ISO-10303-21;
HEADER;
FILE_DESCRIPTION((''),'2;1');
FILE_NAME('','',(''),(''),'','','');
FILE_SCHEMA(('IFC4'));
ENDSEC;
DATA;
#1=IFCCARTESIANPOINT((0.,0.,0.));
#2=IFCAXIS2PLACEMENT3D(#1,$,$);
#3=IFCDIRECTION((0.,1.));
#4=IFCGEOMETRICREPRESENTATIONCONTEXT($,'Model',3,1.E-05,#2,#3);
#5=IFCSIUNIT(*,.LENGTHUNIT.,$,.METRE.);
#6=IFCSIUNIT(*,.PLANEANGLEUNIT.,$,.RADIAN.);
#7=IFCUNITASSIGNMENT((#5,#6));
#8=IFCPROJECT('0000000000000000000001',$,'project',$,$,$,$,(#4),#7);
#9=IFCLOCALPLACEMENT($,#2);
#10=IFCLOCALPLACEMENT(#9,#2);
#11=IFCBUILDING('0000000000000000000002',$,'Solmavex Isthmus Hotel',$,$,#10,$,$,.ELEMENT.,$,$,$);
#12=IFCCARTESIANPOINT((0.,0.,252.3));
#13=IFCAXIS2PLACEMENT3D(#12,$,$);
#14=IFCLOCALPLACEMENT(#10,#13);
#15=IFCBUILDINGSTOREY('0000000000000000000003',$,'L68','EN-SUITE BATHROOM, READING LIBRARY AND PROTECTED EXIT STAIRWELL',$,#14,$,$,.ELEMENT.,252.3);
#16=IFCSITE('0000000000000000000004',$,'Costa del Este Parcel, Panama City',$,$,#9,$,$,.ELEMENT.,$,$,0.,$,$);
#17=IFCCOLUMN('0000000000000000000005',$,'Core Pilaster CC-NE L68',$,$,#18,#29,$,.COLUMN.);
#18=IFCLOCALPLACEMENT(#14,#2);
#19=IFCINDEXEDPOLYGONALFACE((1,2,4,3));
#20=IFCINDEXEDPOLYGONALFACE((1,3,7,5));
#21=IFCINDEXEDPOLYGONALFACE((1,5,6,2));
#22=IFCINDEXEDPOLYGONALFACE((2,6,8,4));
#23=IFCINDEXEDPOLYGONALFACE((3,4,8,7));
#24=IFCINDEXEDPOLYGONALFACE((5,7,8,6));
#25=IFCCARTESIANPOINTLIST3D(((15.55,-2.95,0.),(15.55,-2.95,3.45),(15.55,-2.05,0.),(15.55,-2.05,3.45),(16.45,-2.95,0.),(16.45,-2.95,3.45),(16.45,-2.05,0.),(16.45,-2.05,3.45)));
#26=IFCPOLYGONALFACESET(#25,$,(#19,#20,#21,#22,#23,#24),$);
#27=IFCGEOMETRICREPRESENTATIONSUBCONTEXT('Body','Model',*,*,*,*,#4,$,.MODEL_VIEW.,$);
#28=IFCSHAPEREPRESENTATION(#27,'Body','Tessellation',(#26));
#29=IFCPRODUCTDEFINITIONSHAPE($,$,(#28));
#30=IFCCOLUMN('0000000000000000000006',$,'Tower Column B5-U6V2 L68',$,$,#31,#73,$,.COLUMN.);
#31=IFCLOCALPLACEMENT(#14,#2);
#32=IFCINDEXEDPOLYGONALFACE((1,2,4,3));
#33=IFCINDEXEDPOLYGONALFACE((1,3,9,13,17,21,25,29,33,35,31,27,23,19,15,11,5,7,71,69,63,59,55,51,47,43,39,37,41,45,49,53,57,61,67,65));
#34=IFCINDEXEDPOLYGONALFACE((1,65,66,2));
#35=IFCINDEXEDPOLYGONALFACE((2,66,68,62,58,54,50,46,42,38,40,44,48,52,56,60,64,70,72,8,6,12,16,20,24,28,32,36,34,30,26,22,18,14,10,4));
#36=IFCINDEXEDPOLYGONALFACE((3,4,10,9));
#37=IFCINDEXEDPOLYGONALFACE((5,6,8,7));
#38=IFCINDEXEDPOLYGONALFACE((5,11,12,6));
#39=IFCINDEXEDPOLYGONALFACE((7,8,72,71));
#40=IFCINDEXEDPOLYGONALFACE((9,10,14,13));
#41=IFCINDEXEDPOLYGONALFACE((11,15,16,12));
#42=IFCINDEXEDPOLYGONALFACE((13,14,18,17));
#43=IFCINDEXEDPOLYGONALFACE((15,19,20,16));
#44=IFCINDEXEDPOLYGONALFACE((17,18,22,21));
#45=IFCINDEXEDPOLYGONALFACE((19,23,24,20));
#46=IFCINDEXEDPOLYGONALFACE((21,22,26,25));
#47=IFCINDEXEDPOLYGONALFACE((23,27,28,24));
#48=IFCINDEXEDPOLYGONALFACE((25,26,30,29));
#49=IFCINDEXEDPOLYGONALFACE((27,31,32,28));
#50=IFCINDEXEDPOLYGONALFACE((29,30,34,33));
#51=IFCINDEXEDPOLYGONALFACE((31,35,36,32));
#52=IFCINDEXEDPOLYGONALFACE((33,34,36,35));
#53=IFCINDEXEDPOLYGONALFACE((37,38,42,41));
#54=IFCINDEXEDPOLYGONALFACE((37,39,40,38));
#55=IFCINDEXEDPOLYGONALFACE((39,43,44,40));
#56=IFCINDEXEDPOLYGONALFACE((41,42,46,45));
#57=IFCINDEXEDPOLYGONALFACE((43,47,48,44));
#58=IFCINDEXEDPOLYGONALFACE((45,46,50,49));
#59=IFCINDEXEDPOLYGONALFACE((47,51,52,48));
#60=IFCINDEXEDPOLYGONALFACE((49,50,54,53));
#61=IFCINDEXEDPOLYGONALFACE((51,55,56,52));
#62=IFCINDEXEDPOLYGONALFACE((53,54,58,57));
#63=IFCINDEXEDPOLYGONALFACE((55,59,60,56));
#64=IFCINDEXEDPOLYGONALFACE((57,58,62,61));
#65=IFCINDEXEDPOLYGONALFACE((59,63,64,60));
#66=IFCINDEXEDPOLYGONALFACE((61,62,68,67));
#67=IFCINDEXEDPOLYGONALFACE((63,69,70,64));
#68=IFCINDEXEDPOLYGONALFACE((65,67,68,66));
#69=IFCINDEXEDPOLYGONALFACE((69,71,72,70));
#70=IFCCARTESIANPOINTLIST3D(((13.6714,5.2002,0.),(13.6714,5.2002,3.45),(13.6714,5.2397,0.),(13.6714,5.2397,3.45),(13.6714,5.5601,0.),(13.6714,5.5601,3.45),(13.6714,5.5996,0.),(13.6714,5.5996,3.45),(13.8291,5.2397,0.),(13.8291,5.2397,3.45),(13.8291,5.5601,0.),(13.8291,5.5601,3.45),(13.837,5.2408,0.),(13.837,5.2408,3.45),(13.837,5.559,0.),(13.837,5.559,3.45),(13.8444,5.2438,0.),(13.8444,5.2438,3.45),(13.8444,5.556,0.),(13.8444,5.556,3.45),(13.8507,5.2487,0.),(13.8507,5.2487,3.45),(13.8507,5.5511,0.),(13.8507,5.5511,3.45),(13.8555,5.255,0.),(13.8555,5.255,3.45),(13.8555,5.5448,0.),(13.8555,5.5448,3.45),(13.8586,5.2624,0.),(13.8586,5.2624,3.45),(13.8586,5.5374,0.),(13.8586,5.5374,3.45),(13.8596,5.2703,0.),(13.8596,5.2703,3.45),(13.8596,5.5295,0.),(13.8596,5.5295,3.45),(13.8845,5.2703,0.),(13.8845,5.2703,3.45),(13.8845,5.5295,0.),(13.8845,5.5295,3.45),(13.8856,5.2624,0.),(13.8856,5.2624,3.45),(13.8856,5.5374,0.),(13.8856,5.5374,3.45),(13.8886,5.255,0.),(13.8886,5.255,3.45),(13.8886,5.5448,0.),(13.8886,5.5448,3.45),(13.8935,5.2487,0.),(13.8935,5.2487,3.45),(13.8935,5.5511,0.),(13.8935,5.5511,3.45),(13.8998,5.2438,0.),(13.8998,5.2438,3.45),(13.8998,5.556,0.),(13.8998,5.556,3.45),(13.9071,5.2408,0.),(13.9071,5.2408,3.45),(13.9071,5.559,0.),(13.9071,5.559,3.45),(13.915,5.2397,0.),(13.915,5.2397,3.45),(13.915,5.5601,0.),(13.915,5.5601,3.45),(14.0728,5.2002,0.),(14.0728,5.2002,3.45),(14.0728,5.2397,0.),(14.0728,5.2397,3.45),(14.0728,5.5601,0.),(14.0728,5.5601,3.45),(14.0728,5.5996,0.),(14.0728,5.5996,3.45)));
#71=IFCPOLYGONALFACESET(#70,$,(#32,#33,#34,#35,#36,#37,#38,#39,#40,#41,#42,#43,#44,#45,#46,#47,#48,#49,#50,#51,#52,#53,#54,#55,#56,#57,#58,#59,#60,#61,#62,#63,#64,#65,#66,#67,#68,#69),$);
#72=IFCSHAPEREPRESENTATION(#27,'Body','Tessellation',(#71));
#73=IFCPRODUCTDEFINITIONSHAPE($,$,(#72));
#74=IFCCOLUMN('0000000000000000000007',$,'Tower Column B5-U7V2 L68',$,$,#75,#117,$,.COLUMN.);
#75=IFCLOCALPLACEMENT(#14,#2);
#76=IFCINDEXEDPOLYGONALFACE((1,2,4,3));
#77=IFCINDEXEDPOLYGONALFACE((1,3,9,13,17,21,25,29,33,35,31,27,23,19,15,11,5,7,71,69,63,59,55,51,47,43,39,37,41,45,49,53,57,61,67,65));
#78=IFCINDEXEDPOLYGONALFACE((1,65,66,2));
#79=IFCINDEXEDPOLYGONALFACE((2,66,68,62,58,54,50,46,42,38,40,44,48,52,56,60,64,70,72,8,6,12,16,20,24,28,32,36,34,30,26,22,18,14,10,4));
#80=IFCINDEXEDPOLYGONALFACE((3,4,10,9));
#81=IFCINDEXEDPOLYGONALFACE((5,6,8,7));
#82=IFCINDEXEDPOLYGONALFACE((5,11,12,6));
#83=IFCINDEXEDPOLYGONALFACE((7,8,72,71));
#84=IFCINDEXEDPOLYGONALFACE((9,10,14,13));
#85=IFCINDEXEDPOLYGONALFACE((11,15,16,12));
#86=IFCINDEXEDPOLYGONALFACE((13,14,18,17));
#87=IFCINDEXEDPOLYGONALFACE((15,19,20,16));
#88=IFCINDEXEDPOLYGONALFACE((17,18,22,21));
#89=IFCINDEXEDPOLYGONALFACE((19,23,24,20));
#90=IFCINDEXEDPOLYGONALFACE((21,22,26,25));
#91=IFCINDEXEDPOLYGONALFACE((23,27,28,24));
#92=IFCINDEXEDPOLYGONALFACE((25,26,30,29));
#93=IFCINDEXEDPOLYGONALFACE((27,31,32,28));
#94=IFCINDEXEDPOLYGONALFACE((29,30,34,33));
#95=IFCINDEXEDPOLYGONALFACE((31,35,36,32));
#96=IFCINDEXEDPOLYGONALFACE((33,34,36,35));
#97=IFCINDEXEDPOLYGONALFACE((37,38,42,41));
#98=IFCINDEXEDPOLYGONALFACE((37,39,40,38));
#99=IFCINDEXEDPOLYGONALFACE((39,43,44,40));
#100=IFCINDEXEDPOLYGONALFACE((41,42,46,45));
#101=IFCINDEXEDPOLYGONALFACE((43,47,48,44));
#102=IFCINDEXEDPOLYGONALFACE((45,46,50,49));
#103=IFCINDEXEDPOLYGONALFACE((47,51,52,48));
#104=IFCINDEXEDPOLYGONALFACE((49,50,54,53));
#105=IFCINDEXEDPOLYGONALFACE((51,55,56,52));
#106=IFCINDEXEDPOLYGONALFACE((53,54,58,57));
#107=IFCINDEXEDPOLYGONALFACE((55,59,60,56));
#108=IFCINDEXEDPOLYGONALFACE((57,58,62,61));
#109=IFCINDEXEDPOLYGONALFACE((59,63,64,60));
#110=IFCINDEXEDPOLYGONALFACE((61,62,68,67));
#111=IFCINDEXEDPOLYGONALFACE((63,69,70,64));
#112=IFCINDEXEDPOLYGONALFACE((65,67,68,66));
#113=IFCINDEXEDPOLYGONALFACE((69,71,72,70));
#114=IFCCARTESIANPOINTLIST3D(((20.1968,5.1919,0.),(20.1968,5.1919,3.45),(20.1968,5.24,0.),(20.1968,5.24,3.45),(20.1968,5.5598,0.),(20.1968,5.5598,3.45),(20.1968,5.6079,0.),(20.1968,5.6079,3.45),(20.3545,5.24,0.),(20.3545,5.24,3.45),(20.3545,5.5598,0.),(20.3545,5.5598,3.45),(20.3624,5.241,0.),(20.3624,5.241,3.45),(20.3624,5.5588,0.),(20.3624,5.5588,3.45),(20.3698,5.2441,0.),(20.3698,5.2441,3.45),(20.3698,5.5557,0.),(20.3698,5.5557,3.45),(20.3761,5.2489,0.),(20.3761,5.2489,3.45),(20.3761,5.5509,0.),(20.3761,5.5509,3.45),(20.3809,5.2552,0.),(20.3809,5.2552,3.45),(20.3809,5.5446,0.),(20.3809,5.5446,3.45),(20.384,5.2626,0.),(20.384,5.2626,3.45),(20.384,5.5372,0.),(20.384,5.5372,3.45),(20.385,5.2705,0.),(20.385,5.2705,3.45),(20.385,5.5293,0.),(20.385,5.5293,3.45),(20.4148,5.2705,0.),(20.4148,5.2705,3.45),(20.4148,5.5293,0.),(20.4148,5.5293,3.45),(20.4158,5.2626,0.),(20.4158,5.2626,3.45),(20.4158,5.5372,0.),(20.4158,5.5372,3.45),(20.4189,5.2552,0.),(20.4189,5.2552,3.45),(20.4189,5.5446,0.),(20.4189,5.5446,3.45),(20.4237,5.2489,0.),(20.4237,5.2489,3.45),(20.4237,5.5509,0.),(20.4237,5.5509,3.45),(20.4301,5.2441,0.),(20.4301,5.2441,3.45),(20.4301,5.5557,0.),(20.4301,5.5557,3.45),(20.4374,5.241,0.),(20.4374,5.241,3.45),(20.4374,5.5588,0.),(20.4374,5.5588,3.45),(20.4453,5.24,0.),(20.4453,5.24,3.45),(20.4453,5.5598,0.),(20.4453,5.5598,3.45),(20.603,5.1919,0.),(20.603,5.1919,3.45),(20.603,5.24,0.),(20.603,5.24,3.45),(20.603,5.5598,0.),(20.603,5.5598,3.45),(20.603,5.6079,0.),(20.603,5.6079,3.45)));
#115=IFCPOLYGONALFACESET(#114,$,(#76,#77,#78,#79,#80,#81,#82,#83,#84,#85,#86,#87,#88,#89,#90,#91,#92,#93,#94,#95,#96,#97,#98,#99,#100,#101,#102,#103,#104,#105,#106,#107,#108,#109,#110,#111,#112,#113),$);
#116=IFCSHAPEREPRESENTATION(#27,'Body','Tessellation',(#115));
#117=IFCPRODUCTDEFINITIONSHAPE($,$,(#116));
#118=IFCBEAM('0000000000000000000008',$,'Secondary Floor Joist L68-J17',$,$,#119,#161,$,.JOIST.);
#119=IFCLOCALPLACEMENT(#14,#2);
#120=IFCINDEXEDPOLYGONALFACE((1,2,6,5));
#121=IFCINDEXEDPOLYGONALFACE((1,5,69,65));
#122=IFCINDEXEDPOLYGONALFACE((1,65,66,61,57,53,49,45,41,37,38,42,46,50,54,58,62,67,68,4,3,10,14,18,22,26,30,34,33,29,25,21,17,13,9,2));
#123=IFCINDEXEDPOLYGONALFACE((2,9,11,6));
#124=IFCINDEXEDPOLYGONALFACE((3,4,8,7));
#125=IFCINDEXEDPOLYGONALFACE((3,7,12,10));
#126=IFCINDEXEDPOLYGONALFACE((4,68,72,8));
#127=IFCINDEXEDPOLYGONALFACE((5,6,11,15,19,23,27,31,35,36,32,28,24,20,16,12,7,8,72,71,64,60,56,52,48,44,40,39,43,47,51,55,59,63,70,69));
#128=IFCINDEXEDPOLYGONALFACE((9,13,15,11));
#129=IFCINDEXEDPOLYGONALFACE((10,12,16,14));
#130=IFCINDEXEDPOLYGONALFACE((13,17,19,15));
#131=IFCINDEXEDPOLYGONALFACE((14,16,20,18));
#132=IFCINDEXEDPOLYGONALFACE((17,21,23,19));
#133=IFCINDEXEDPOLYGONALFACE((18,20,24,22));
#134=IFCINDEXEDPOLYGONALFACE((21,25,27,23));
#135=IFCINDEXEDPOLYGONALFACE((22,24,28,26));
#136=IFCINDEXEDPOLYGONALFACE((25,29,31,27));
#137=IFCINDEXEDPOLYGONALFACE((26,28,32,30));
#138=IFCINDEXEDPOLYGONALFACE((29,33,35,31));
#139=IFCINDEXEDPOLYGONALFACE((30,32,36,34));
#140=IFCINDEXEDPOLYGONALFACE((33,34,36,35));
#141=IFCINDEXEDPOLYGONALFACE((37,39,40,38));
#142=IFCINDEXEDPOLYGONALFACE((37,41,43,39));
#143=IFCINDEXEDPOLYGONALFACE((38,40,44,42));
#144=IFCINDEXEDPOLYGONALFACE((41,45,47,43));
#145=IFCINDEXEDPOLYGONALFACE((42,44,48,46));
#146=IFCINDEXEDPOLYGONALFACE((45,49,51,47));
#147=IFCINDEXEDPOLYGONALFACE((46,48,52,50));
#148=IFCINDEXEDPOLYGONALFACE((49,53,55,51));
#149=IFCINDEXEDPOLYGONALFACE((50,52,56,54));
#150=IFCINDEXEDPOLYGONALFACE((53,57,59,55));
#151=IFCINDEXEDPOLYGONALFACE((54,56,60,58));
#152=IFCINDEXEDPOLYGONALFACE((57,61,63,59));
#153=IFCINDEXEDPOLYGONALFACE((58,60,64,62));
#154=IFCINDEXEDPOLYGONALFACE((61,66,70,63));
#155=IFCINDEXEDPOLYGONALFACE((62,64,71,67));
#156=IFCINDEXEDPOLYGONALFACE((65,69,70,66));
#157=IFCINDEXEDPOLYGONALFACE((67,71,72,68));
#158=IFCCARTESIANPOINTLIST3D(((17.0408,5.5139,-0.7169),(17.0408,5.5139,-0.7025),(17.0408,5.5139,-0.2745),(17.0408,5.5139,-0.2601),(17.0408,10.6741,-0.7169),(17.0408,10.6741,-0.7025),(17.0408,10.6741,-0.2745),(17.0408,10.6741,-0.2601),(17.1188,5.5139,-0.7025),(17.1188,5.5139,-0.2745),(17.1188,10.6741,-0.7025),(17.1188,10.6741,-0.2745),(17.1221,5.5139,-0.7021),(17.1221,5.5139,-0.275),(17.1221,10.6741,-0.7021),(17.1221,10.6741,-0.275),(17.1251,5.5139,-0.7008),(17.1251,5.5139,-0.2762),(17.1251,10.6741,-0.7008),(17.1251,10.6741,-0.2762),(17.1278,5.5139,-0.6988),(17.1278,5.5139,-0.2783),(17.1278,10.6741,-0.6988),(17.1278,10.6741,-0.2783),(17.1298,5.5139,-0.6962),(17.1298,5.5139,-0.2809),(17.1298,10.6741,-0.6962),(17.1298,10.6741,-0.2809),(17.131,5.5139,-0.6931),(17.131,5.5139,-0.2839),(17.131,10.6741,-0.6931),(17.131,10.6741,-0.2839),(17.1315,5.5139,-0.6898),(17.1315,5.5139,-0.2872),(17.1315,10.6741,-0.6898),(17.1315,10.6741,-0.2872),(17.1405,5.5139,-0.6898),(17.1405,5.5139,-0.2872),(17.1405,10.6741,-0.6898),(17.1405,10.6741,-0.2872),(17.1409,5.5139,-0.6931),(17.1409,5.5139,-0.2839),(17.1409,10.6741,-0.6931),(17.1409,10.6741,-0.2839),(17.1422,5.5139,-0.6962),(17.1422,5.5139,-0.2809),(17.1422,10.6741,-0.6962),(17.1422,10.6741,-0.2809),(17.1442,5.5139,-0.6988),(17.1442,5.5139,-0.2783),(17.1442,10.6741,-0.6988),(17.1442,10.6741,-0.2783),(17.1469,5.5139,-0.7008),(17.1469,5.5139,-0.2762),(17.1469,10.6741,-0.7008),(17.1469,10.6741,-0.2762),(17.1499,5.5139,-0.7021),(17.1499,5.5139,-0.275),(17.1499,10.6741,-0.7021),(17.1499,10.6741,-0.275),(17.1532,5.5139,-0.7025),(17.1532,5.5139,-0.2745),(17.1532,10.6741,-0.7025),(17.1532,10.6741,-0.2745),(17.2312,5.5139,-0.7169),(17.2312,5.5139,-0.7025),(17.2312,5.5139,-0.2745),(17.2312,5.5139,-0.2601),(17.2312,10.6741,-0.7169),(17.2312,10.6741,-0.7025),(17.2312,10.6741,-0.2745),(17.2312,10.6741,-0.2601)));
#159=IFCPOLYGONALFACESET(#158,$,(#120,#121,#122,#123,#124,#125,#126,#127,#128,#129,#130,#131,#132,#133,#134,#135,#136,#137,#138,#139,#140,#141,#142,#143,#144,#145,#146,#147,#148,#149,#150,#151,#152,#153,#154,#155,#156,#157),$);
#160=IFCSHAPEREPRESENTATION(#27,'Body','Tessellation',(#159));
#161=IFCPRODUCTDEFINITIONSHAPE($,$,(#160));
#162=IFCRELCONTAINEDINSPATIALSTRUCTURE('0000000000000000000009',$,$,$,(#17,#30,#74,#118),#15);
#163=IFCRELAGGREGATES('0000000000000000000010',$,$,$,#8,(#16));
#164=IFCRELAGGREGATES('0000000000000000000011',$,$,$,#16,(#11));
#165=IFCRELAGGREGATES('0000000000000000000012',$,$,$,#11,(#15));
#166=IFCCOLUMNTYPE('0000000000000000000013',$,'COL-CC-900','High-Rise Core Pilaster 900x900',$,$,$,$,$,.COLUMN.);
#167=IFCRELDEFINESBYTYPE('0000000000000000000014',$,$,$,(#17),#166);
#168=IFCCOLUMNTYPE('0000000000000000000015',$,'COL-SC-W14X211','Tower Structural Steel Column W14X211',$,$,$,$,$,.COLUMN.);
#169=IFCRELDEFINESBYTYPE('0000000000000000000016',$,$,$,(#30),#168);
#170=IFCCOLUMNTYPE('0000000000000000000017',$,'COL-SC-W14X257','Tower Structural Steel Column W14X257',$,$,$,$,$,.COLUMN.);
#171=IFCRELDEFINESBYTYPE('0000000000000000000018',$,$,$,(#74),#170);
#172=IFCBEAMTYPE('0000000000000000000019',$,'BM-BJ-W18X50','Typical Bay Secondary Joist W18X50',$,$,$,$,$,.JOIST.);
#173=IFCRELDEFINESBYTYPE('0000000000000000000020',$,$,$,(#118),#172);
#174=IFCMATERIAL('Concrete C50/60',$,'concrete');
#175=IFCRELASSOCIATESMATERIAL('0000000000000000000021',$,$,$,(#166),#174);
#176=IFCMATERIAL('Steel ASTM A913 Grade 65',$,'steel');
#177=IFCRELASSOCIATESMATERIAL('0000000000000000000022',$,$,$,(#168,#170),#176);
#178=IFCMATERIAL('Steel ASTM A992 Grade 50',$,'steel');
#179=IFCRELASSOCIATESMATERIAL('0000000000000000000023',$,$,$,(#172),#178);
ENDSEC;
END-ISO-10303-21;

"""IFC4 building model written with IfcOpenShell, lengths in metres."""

from ifc_helpers import new_model, si_unit, direction, frame, origin, origin_2d, place, context, subcontext, project, spatial, rectangle, i_section, extrude, material, material_profile, profile_set, type_object, element, save


model = new_model("IFC4")

# Units and contexts
model_context = context("Model", 3, precision=1e-05, world=origin(), true_north=direction((0.0, 1.0)))
body_context = subcontext(model_context, "Body", "Model", "MODEL_VIEW")
ifc_project = project(units=[si_unit("LENGTHUNIT", "METRE"), si_unit("PLANEANGLEUNIT", "RADIAN")], contexts=[model_context])

# Site, building, storey
site_placement = place(None, origin())
site = spatial("IfcSite", under=ifc_project, at=site_placement, Name="Costa del Este Parcel, Panama City", CompositionType="ELEMENT", RefElevation=0.0)
building_placement = place(site_placement, origin())
building = spatial("IfcBuilding", under=site, at=building_placement, Name="Solmavex Isthmus Hotel", CompositionType="ELEMENT")
storey_placement = place(building_placement, frame((0.0, 0.0, 252.3)))
storey = spatial("IfcBuildingStorey", under=building, at=storey_placement, Name="L68", Description="EN-SUITE BATHROOM, READING LIBRARY AND PROTECTED EXIT STAIRWELL", CompositionType="ELEMENT", Elevation=252.3)

# Columns
ifc_material_1 = material(Name="Concrete C50/60", Category="concrete")
ifc_material_profile_1 = material_profile(ifc_material_1, rectangle(XDim=0.8999, YDim=0.8999, at=origin_2d()), Name="RC900X900")
ifc_profile_set_1 = profile_set([ifc_material_profile_1], Name="Concrete C50/60")
column_type_1 = type_object("IfcColumnType", Name="COL-CC-900", Description="High-Rise Core Pilaster 900x900", PredefinedType="COLUMN", material=ifc_profile_set_1)
column_1_placement = place(storey_placement, frame((16.0, -2.5, 0.0), z_axis=(0.0, 0.0, 1.0), x_axis=(1.0, 0.0, 0.0)))
element("IfcColumn", 1, at=column_1_placement, inside=storey, type_object=column_type_1, Name="Core Pilaster CC-NE L68", PredefinedType="COLUMN", context=body_context, shape_type="SweptSolid", body=[
    extrude(rectangle(XDim=0.8999, YDim=0.8999, at=origin_2d()), origin(), (0.0, 0.0, 1.0), 3.45),
])
ifc_material_2 = material(Name="Steel ASTM A913 Grade 65", Category="steel")
ifc_material_profile_2 = material_profile(ifc_material_2, i_section(OverallWidth=0.4014, OverallDepth=0.3994, WebThickness=0.0249, FlangeThickness=0.0396, FilletRadius=0.0305, at=origin_2d()), Name="W14X211")
ifc_profile_set_2 = profile_set([ifc_material_profile_2], Name="Steel ASTM A913 Grade 65")
column_type_2 = type_object("IfcColumnType", Name="COL-SC-W14X211", Description="Tower Structural Steel Column W14X211", PredefinedType="COLUMN", material=ifc_profile_set_2)
column_2_placement = place(storey_placement, frame((13.8721, 5.3999, 0.0), z_axis=(0.0, 0.0, 1.0), x_axis=(1.0, 0.0, 0.0)))
element("IfcColumn", 2, at=column_2_placement, inside=storey, type_object=column_type_2, Name="Tower Column B5-U6V2 L68", PredefinedType="COLUMN", context=body_context, shape_type="SweptSolid", body=[
    extrude(i_section(OverallWidth=0.4014, OverallDepth=0.3994, WebThickness=0.0249, FlangeThickness=0.0396, FilletRadius=0.0305, at=origin_2d()), origin(), (0.0, 0.0, 1.0), 3.45),
])
ifc_material_profile_3 = material_profile(ifc_material_2, i_section(OverallWidth=0.4062, OverallDepth=0.416, WebThickness=0.0298, FlangeThickness=0.0481, FilletRadius=0.0305, at=origin_2d()), Name="W14X257")
ifc_profile_set_3 = profile_set([ifc_material_profile_3], Name="Steel ASTM A913 Grade 65")
column_type_3 = type_object("IfcColumnType", Name="COL-SC-W14X257", Description="Tower Structural Steel Column W14X257", PredefinedType="COLUMN", material=ifc_profile_set_3)
column_3_placement = place(storey_placement, frame((20.3999, 5.3999, 0.0), z_axis=(0.0, 0.0, 1.0), x_axis=(1.0, 0.0, 0.0)))
element("IfcColumn", 3, at=column_3_placement, inside=storey, type_object=column_type_3, Name="Tower Column B5-U7V2 L68", PredefinedType="COLUMN", context=body_context, shape_type="SweptSolid", body=[
    extrude(i_section(OverallWidth=0.4062, OverallDepth=0.416, WebThickness=0.0298, FlangeThickness=0.0481, FilletRadius=0.0305, at=origin_2d()), origin(), (0.0, 0.0, 1.0), 3.45),
])

# Beam
ifc_material_3 = material(Name="Steel ASTM A992 Grade 50", Category="steel")
ifc_material_profile_4 = material_profile(ifc_material_3, i_section(OverallWidth=0.1904, OverallDepth=0.4568, WebThickness=0.009, FlangeThickness=0.0144, FilletRadius=0.0127, at=origin_2d()), Name="W18X50")
ifc_profile_set_4 = profile_set([ifc_material_profile_4], Name="Steel ASTM A992 Grade 50")
beam_type_1 = type_object("IfcBeamType", Name="BM-BJ-W18X50", Description="Typical Bay Secondary Joist W18X50", PredefinedType="JOIST", material=ifc_profile_set_4)
beam_1_placement = place(storey_placement, frame((17.136, 5.5139, -0.4885), z_axis=(0.0, 1.0, 0.0), x_axis=(-1.0, 0.0, 0.0)))
element("IfcBeam", 4, at=beam_1_placement, inside=storey, type_object=beam_type_1, Name="Secondary Floor Joist L68-J17", PredefinedType="JOIST", context=body_context, shape_type="SweptSolid", body=[
    extrude(i_section(OverallWidth=0.1904, OverallDepth=0.4568, WebThickness=0.009, FlangeThickness=0.0144, FilletRadius=0.0127, at=origin_2d()), origin(), (0.0, 0.0, 1.0), 5.1602),
])

save(model, "model.ifc")
